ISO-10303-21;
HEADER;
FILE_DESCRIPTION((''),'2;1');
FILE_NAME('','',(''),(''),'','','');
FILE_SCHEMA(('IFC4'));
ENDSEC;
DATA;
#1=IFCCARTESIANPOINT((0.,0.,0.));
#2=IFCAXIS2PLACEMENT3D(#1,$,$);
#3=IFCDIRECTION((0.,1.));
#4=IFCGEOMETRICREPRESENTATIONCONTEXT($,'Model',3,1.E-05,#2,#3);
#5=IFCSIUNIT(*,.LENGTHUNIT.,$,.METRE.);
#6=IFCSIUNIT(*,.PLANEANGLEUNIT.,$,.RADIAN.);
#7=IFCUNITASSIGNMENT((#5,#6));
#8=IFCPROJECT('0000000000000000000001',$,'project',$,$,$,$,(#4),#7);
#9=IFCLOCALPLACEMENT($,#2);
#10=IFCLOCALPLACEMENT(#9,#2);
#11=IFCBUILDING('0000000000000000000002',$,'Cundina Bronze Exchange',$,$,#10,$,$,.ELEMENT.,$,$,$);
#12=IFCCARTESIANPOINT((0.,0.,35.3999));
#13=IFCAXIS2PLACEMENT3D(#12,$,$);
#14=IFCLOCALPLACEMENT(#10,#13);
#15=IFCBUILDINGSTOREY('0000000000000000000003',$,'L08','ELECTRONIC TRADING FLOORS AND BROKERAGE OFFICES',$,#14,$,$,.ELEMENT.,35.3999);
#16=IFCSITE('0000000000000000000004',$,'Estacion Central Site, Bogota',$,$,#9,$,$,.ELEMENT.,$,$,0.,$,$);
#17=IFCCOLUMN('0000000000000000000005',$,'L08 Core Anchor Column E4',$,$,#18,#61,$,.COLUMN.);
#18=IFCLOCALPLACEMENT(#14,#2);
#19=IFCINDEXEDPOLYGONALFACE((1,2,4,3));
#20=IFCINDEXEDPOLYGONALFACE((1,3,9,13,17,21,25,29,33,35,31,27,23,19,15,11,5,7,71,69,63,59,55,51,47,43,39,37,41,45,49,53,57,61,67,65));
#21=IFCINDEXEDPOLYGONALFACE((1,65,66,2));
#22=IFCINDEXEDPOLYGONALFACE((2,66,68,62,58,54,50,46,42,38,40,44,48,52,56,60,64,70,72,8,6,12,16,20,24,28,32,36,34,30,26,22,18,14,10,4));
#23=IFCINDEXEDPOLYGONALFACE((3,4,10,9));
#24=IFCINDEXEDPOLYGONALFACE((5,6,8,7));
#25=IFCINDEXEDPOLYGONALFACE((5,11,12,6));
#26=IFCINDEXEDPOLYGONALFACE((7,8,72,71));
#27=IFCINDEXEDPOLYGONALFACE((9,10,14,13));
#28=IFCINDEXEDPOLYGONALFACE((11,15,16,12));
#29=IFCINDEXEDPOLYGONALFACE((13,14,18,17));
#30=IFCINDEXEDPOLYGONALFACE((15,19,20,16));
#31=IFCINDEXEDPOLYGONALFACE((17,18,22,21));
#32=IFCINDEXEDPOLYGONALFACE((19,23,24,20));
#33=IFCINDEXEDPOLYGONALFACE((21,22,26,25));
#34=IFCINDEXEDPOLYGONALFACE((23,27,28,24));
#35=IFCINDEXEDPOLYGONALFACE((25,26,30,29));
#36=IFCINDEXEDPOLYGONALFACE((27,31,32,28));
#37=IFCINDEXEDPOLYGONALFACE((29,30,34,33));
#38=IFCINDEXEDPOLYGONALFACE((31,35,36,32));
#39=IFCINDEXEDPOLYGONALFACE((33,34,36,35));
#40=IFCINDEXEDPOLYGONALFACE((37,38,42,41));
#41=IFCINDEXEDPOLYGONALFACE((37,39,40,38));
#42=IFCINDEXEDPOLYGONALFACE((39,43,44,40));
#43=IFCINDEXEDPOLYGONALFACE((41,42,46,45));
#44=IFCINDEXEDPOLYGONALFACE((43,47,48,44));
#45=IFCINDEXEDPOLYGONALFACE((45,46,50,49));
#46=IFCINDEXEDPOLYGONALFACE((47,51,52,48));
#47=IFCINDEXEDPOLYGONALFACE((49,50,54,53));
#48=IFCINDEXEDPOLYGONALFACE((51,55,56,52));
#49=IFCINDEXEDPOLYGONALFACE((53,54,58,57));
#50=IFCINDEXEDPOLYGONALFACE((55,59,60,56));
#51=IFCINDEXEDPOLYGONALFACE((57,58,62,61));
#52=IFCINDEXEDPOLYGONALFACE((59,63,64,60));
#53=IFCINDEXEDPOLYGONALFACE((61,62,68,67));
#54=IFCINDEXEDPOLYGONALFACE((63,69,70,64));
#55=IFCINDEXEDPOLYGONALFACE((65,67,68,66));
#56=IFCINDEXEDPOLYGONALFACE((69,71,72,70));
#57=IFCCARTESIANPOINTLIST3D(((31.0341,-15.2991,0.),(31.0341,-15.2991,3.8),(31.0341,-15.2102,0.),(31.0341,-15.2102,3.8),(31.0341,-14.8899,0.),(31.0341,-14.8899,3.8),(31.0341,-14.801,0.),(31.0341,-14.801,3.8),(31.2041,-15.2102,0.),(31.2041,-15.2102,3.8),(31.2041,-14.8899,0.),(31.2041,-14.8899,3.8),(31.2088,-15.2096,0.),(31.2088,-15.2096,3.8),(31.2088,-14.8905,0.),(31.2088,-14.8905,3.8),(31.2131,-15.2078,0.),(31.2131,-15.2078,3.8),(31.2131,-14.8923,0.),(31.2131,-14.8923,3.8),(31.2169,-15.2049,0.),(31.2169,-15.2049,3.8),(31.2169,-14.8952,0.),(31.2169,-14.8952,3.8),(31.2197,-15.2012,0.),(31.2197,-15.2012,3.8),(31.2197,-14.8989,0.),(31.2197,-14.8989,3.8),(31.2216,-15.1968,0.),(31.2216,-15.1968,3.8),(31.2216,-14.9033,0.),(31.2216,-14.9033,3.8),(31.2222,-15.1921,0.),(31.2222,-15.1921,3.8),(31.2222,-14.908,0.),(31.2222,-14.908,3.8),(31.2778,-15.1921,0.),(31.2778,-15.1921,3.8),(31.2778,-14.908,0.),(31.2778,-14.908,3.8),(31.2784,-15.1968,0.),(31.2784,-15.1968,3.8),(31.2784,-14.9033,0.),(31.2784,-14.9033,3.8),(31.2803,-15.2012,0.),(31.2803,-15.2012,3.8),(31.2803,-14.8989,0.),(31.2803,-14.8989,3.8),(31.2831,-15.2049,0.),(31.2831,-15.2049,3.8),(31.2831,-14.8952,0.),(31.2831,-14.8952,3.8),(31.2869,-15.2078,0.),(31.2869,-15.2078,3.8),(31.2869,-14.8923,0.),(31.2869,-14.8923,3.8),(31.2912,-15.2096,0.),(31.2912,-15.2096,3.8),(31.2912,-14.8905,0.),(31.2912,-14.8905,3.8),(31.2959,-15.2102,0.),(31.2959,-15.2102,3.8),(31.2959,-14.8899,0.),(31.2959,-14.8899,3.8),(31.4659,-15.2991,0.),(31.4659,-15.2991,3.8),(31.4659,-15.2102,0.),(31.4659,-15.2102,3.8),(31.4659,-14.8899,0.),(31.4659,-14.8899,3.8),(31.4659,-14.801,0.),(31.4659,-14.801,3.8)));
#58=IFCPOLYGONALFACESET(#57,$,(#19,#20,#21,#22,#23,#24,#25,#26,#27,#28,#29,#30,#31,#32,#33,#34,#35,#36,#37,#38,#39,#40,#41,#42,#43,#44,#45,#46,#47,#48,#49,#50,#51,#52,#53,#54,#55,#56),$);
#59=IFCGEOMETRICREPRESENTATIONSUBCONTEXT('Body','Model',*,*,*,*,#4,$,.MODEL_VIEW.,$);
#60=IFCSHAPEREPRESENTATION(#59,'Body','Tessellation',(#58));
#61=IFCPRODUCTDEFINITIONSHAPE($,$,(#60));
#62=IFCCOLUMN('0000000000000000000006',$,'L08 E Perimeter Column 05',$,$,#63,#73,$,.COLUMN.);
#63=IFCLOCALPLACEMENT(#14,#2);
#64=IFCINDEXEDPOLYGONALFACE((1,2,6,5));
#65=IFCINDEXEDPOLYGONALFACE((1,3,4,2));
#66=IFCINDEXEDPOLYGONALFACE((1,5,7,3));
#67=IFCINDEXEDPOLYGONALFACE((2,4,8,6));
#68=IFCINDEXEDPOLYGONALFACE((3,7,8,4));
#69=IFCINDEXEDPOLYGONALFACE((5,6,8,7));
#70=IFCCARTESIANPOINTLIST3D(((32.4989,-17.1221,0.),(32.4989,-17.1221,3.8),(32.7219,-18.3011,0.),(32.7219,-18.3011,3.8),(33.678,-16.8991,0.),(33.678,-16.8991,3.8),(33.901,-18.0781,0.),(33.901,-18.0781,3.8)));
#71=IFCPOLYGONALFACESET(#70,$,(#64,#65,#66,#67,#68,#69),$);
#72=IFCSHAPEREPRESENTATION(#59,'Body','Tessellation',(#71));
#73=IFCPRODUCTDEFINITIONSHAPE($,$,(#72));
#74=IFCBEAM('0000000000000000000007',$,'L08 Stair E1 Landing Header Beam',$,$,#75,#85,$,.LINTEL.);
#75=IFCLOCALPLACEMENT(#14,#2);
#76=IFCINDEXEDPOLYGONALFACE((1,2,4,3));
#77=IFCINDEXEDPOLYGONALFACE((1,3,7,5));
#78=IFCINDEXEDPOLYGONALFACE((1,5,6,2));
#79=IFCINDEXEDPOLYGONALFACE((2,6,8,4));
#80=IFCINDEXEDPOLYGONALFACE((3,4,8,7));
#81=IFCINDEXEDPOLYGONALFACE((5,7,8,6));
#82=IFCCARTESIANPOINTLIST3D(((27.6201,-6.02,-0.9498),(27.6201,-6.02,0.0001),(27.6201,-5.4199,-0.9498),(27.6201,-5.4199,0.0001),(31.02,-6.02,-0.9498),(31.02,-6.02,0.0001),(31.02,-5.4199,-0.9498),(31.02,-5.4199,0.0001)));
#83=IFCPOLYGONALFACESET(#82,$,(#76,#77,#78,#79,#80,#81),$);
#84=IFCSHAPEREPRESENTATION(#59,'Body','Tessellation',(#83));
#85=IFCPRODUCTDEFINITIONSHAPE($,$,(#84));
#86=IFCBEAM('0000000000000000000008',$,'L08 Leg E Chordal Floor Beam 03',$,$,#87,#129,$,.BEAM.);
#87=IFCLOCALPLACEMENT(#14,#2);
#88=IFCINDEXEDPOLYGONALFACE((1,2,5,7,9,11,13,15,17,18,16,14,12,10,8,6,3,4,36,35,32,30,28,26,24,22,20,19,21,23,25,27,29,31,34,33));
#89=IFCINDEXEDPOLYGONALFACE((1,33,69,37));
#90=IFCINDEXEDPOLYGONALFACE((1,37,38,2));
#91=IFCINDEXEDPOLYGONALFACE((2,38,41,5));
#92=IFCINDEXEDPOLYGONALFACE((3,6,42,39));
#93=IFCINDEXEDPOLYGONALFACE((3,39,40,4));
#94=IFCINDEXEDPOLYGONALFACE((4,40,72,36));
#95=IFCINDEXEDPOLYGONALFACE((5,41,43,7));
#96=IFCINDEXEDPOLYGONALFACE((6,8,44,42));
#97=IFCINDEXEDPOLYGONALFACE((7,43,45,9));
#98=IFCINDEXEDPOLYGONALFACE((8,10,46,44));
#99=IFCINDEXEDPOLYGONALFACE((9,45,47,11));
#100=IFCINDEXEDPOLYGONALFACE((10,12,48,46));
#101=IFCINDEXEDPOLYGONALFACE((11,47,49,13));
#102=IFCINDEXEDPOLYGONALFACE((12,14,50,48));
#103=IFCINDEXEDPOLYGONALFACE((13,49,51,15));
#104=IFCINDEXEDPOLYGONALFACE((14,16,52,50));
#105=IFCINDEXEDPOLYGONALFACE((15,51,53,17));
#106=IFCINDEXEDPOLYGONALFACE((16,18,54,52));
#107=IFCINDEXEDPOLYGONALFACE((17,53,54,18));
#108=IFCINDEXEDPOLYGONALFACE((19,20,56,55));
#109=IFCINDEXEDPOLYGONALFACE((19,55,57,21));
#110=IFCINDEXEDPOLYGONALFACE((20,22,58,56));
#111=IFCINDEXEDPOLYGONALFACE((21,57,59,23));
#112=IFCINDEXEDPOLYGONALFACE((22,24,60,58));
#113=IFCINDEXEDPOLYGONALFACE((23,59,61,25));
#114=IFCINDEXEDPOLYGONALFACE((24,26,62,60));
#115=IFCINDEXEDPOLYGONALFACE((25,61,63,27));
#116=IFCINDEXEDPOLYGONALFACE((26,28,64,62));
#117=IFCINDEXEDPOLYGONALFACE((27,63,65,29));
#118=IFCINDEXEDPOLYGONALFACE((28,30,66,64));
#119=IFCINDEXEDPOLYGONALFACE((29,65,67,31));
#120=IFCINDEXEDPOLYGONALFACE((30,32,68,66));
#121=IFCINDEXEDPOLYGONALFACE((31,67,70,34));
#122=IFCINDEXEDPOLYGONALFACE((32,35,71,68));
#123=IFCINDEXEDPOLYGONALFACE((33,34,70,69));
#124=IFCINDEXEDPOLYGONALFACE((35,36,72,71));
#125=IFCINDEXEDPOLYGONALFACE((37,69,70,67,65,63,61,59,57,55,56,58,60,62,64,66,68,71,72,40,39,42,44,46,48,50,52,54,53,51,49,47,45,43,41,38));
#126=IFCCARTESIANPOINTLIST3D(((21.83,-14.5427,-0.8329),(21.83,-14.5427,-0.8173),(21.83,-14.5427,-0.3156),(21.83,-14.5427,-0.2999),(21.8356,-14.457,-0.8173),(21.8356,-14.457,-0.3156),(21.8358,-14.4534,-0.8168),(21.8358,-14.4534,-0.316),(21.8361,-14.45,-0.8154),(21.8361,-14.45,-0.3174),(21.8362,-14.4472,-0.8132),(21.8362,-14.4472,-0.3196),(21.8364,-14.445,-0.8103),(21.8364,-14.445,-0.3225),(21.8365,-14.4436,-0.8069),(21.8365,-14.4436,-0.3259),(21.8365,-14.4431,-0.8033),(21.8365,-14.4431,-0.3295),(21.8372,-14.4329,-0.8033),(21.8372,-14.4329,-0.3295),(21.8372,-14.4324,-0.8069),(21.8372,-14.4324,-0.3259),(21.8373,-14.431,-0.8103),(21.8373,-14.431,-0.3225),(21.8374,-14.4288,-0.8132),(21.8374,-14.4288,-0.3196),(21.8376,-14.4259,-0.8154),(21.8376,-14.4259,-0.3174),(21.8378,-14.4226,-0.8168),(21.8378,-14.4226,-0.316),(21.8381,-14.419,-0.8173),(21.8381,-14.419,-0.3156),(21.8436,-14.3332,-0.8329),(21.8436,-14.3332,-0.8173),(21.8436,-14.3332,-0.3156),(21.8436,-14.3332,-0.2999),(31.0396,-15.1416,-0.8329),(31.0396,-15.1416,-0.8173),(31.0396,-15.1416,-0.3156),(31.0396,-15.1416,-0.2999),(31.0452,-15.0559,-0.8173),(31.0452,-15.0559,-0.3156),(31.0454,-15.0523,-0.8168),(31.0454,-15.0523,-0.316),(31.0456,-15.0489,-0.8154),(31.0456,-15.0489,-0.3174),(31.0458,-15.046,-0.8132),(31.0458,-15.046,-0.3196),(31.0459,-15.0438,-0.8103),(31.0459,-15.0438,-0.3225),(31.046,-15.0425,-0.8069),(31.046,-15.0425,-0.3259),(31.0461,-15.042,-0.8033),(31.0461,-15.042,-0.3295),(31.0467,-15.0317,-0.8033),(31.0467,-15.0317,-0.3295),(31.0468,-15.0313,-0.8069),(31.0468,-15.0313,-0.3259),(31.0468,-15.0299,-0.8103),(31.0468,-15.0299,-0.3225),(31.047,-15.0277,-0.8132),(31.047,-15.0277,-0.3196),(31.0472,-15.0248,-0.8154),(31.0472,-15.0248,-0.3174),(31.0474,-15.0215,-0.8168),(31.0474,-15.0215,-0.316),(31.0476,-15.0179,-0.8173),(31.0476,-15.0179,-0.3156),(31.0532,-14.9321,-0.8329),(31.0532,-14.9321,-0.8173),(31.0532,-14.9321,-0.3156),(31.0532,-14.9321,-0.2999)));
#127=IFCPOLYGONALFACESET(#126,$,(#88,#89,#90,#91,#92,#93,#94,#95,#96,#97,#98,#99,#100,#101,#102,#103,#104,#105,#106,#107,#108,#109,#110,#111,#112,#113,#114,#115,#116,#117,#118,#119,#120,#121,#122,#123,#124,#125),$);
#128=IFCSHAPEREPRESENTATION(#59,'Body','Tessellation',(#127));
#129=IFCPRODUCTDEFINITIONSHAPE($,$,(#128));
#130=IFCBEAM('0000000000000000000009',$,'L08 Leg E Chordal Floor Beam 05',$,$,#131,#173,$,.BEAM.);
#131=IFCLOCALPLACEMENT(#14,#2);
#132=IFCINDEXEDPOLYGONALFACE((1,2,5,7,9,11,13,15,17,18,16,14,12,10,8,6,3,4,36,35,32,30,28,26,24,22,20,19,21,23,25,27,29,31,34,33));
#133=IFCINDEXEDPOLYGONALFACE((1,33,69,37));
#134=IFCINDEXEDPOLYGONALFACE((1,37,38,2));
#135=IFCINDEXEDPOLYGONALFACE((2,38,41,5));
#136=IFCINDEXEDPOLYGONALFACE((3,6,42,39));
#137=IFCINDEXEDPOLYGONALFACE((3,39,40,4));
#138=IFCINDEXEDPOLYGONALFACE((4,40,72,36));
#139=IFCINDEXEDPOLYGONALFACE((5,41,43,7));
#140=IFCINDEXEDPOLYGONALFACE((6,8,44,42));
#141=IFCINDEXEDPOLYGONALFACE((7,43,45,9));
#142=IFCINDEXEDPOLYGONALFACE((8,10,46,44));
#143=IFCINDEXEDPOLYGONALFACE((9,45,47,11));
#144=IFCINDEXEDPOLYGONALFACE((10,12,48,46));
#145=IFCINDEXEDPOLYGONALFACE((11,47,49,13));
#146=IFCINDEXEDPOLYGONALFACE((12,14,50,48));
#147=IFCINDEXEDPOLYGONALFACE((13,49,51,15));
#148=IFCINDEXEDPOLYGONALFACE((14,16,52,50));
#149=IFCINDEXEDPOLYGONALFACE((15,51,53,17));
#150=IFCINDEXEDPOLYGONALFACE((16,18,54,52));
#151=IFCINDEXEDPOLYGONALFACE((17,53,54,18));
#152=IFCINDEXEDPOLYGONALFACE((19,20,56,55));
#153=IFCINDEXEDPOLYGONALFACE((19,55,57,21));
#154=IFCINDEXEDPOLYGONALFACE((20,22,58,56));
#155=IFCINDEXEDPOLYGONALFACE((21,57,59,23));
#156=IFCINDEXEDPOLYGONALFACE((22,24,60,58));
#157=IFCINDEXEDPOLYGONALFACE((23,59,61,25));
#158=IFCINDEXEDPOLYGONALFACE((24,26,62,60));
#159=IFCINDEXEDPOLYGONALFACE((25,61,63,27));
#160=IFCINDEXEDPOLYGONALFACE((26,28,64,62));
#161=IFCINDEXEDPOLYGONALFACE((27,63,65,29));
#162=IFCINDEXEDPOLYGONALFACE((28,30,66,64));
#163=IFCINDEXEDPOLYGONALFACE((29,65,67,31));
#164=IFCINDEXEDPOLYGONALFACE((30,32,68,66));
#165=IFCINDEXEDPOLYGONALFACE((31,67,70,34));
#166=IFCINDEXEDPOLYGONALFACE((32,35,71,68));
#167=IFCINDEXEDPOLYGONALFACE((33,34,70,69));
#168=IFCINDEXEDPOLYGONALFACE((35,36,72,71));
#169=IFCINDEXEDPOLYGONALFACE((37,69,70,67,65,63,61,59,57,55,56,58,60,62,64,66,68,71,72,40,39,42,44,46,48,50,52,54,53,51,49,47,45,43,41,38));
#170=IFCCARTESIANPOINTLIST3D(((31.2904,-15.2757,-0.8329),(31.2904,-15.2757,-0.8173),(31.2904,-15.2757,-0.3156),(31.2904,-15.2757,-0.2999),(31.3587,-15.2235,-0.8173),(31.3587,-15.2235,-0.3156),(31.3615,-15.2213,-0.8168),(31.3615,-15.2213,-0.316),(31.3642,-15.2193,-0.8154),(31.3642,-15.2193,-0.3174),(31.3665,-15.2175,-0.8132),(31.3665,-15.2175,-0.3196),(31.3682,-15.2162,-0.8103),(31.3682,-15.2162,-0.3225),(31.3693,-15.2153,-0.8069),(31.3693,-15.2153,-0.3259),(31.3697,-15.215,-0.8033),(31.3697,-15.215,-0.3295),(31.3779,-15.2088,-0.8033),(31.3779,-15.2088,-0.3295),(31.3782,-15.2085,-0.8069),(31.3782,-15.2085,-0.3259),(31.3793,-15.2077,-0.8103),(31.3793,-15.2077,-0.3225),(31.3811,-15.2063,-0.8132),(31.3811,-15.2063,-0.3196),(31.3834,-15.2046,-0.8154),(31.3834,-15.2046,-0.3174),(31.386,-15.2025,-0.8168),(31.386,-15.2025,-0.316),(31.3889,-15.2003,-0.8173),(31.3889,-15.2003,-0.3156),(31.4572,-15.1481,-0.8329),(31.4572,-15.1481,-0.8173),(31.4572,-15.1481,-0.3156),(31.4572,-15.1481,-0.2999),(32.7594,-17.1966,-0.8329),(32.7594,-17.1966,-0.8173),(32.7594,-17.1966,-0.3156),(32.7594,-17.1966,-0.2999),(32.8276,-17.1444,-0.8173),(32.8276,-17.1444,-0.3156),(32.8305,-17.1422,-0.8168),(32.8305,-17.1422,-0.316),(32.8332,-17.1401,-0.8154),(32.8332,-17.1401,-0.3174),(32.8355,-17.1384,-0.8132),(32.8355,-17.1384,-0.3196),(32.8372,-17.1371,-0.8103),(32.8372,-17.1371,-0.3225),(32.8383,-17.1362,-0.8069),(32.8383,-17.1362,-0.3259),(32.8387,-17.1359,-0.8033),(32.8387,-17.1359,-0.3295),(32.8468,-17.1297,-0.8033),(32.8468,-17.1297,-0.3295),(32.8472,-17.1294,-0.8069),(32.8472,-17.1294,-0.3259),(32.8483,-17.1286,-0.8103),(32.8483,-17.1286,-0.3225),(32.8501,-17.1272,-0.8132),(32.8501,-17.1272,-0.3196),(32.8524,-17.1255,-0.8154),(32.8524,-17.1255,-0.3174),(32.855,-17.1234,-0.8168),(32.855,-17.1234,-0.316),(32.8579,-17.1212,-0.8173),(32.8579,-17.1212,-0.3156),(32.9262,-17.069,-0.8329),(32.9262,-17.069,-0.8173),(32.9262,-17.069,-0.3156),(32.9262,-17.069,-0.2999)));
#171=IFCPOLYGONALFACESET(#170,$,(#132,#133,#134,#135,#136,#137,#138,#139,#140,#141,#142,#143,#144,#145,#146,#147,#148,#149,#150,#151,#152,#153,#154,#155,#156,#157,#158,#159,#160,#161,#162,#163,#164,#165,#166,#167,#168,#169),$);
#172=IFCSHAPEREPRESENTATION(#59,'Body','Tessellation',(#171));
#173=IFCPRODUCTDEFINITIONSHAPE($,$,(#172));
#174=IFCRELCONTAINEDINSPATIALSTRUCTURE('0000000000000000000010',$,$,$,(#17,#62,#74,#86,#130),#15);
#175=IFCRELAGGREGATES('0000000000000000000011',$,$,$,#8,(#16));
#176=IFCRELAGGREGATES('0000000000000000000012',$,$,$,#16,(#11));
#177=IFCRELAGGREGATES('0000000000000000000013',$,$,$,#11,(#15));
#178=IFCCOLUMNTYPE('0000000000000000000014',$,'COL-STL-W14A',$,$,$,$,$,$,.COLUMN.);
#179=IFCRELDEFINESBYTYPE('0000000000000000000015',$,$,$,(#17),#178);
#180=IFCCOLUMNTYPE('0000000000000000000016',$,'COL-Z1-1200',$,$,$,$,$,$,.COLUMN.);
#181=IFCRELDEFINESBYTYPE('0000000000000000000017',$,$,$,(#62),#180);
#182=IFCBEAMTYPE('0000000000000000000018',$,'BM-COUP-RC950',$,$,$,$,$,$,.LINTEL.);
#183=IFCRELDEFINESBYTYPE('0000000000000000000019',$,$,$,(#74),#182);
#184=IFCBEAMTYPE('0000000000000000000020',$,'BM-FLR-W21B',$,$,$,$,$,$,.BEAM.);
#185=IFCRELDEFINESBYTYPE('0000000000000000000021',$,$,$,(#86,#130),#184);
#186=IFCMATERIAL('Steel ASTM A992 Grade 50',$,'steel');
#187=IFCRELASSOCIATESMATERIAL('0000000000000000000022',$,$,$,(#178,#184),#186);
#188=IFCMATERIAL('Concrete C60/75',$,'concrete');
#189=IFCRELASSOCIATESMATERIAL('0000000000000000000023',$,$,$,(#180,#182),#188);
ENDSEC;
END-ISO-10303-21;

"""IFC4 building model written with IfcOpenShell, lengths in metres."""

from ifc_helpers import new_model, si_unit, direction, frame, origin, origin_2d, place, context, subcontext, project, spatial, rectangle, i_section, extrude, material, material_profile, profile_set, type_object, element, save


model = new_model("IFC4")

# Units and contexts
model_context = context("Model", 3, precision=1e-05, world=origin(), true_north=direction((0.0, 1.0)))
body_context = subcontext(model_context, "Body", "Model", "MODEL_VIEW")
ifc_project = project(units=[si_unit("LENGTHUNIT", "METRE"), si_unit("PLANEANGLEUNIT", "RADIAN")], contexts=[model_context])

# Site, building, storey
site_placement = place(None, origin())
site = spatial("IfcSite", under=ifc_project, at=site_placement, Name="Estacion Central Site, Bogota", CompositionType="ELEMENT", RefElevation=0.0)
building_placement = place(site_placement, origin())
building = spatial("IfcBuilding", under=site, at=building_placement, Name="Cundina Bronze Exchange", CompositionType="ELEMENT")
storey_placement = place(building_placement, frame((0.0, 0.0, 35.3999)))
storey = spatial("IfcBuildingStorey", under=building, at=storey_placement, Name="L08", Description="ELECTRONIC TRADING FLOORS AND BROKERAGE OFFICES", CompositionType="ELEMENT", Elevation=35.3999)

# Columns
ifc_material_1 = material(Name="Steel ASTM A992 Grade 50", Category="steel")
ifc_material_profile_1 = material_profile(ifc_material_1, i_section(OverallWidth=0.4319, OverallDepth=0.498, WebThickness=0.0557, FlangeThickness=0.0889, FilletRadius=0.0181, at=origin_2d()), Name="W14X500", Category="steel")
ifc_profile_set_1 = profile_set([ifc_material_profile_1], Name="Steel ASTM A992 Grade 50")
column_type_1 = type_object("IfcColumnType", Name="COL-STL-W14A", PredefinedType="COLUMN", material=ifc_profile_set_1)
column_1_placement = place(storey_placement, frame((31.25, -15.05, 0.0), z_axis=(0.0, 0.0, 1.0), x_axis=(1.0, 0.0, 0.0)))
element("IfcColumn", 1, at=column_1_placement, inside=storey, type_object=column_type_1, Name="L08 Core Anchor Column E4", PredefinedType="COLUMN", context=body_context, shape_type="SweptSolid", body=[
    extrude(i_section(OverallWidth=0.4319, OverallDepth=0.498, WebThickness=0.0557, FlangeThickness=0.0889, FilletRadius=0.0181, at=origin_2d()), origin(), (0.0, 0.0, 1.0), 3.8),
])
ifc_material_2 = material(Name="Concrete C60/75", Category="concrete")
ifc_material_profile_2 = material_profile(ifc_material_2, rectangle(XDim=1.2, YDim=1.2, at=origin_2d()), Name="RC1200X1200", Category="concrete")
ifc_profile_set_2 = profile_set([ifc_material_profile_2], Name="Concrete C60/75")
column_type_2 = type_object("IfcColumnType", Name="COL-Z1-1200", PredefinedType="COLUMN", material=ifc_profile_set_2)
column_2_placement = place(storey_placement, frame((33.2, -17.6001, 0.0), z_axis=(0.0, 0.0, 1.0), x_axis=(0.98258, 0.185838, 0.0)))
element("IfcColumn", 2, at=column_2_placement, inside=storey, type_object=column_type_2, Name="L08 E Perimeter Column 05", PredefinedType="COLUMN", context=body_context, shape_type="SweptSolid", body=[
    extrude(rectangle(XDim=1.2, YDim=1.2, at=origin_2d()), origin(), (0.0, 0.0, 1.0), 3.8),
])

# Beams
ifc_material_profile_3 = material_profile(ifc_material_2, rectangle(XDim=0.6001, YDim=0.95, at=origin_2d()), Name="RC600X950", Category="concrete")
ifc_profile_set_3 = profile_set([ifc_material_profile_3], Name="Concrete C60/75")
beam_type_1 = type_object("IfcBeamType", Name="BM-COUP-RC950", PredefinedType="LINTEL", material=ifc_profile_set_3)
beam_1_placement = place(storey_placement, frame((27.6201, -5.72, -0.4749), z_axis=(1.0, 0.0, 0.0), x_axis=(0.0, 1.0, 0.0)))
element("IfcBeam", 3, at=beam_1_placement, inside=storey, type_object=beam_type_1, Name="L08 Stair E1 Landing Header Beam", PredefinedType="LINTEL", context=body_context, shape_type="SweptSolid", body=[
    extrude(rectangle(XDim=0.6001, YDim=0.95, at=origin_2d()), origin(), (0.0, 0.0, 1.0), 3.3999),
])
ifc_material_profile_4 = material_profile(ifc_material_1, i_section(OverallWidth=0.21, OverallDepth=0.533, WebThickness=0.0103, FlangeThickness=0.0156, FilletRadius=0.0139, at=origin_2d()), Name="W21X62", Category="steel")
ifc_profile_set_4 = profile_set([ifc_material_profile_4], Name="Steel ASTM A992 Grade 50")
beam_type_2 = type_object("IfcBeamType", Name="BM-FLR-W21B", PredefinedType="BEAM", material=ifc_profile_set_4)
beam_2_placement = place(storey_placement, frame((31.0464, -15.0369, -0.5664), z_axis=(-0.997892, 0.064891, 0.0), x_axis=(-0.064891, -0.997892, 0.0)))
element("IfcBeam", 4, at=beam_2_placement, inside=storey, type_object=beam_type_2, Name="L08 Leg E Chordal Floor Beam 03", PredefinedType="BEAM", context=body_context, shape_type="SweptSolid", body=[
    extrude(i_section(OverallWidth=0.21, OverallDepth=0.533, WebThickness=0.0103, FlangeThickness=0.0156, FilletRadius=0.0139, at=origin_2d()), origin(), (0.0, 0.0, 1.0), 9.229),
])
beam_3_placement = place(storey_placement, frame((31.3738, -15.2119, -0.5664), z_axis=(0.607469, -0.794344, 0.0), x_axis=(0.794344, 0.607469, 0.0)))
element("IfcBeam", 5, at=beam_3_placement, inside=storey, type_object=beam_type_2, Name="L08 Leg E Chordal Floor Beam 05", PredefinedType="BEAM", context=body_context, shape_type="SweptSolid", body=[
    extrude(i_section(OverallWidth=0.21, OverallDepth=0.533, WebThickness=0.0103, FlangeThickness=0.0156, FilletRadius=0.0139, at=origin_2d()), origin(), (0.0, 0.0, 1.0), 2.4182),
])

save(model, "model.ifc")
